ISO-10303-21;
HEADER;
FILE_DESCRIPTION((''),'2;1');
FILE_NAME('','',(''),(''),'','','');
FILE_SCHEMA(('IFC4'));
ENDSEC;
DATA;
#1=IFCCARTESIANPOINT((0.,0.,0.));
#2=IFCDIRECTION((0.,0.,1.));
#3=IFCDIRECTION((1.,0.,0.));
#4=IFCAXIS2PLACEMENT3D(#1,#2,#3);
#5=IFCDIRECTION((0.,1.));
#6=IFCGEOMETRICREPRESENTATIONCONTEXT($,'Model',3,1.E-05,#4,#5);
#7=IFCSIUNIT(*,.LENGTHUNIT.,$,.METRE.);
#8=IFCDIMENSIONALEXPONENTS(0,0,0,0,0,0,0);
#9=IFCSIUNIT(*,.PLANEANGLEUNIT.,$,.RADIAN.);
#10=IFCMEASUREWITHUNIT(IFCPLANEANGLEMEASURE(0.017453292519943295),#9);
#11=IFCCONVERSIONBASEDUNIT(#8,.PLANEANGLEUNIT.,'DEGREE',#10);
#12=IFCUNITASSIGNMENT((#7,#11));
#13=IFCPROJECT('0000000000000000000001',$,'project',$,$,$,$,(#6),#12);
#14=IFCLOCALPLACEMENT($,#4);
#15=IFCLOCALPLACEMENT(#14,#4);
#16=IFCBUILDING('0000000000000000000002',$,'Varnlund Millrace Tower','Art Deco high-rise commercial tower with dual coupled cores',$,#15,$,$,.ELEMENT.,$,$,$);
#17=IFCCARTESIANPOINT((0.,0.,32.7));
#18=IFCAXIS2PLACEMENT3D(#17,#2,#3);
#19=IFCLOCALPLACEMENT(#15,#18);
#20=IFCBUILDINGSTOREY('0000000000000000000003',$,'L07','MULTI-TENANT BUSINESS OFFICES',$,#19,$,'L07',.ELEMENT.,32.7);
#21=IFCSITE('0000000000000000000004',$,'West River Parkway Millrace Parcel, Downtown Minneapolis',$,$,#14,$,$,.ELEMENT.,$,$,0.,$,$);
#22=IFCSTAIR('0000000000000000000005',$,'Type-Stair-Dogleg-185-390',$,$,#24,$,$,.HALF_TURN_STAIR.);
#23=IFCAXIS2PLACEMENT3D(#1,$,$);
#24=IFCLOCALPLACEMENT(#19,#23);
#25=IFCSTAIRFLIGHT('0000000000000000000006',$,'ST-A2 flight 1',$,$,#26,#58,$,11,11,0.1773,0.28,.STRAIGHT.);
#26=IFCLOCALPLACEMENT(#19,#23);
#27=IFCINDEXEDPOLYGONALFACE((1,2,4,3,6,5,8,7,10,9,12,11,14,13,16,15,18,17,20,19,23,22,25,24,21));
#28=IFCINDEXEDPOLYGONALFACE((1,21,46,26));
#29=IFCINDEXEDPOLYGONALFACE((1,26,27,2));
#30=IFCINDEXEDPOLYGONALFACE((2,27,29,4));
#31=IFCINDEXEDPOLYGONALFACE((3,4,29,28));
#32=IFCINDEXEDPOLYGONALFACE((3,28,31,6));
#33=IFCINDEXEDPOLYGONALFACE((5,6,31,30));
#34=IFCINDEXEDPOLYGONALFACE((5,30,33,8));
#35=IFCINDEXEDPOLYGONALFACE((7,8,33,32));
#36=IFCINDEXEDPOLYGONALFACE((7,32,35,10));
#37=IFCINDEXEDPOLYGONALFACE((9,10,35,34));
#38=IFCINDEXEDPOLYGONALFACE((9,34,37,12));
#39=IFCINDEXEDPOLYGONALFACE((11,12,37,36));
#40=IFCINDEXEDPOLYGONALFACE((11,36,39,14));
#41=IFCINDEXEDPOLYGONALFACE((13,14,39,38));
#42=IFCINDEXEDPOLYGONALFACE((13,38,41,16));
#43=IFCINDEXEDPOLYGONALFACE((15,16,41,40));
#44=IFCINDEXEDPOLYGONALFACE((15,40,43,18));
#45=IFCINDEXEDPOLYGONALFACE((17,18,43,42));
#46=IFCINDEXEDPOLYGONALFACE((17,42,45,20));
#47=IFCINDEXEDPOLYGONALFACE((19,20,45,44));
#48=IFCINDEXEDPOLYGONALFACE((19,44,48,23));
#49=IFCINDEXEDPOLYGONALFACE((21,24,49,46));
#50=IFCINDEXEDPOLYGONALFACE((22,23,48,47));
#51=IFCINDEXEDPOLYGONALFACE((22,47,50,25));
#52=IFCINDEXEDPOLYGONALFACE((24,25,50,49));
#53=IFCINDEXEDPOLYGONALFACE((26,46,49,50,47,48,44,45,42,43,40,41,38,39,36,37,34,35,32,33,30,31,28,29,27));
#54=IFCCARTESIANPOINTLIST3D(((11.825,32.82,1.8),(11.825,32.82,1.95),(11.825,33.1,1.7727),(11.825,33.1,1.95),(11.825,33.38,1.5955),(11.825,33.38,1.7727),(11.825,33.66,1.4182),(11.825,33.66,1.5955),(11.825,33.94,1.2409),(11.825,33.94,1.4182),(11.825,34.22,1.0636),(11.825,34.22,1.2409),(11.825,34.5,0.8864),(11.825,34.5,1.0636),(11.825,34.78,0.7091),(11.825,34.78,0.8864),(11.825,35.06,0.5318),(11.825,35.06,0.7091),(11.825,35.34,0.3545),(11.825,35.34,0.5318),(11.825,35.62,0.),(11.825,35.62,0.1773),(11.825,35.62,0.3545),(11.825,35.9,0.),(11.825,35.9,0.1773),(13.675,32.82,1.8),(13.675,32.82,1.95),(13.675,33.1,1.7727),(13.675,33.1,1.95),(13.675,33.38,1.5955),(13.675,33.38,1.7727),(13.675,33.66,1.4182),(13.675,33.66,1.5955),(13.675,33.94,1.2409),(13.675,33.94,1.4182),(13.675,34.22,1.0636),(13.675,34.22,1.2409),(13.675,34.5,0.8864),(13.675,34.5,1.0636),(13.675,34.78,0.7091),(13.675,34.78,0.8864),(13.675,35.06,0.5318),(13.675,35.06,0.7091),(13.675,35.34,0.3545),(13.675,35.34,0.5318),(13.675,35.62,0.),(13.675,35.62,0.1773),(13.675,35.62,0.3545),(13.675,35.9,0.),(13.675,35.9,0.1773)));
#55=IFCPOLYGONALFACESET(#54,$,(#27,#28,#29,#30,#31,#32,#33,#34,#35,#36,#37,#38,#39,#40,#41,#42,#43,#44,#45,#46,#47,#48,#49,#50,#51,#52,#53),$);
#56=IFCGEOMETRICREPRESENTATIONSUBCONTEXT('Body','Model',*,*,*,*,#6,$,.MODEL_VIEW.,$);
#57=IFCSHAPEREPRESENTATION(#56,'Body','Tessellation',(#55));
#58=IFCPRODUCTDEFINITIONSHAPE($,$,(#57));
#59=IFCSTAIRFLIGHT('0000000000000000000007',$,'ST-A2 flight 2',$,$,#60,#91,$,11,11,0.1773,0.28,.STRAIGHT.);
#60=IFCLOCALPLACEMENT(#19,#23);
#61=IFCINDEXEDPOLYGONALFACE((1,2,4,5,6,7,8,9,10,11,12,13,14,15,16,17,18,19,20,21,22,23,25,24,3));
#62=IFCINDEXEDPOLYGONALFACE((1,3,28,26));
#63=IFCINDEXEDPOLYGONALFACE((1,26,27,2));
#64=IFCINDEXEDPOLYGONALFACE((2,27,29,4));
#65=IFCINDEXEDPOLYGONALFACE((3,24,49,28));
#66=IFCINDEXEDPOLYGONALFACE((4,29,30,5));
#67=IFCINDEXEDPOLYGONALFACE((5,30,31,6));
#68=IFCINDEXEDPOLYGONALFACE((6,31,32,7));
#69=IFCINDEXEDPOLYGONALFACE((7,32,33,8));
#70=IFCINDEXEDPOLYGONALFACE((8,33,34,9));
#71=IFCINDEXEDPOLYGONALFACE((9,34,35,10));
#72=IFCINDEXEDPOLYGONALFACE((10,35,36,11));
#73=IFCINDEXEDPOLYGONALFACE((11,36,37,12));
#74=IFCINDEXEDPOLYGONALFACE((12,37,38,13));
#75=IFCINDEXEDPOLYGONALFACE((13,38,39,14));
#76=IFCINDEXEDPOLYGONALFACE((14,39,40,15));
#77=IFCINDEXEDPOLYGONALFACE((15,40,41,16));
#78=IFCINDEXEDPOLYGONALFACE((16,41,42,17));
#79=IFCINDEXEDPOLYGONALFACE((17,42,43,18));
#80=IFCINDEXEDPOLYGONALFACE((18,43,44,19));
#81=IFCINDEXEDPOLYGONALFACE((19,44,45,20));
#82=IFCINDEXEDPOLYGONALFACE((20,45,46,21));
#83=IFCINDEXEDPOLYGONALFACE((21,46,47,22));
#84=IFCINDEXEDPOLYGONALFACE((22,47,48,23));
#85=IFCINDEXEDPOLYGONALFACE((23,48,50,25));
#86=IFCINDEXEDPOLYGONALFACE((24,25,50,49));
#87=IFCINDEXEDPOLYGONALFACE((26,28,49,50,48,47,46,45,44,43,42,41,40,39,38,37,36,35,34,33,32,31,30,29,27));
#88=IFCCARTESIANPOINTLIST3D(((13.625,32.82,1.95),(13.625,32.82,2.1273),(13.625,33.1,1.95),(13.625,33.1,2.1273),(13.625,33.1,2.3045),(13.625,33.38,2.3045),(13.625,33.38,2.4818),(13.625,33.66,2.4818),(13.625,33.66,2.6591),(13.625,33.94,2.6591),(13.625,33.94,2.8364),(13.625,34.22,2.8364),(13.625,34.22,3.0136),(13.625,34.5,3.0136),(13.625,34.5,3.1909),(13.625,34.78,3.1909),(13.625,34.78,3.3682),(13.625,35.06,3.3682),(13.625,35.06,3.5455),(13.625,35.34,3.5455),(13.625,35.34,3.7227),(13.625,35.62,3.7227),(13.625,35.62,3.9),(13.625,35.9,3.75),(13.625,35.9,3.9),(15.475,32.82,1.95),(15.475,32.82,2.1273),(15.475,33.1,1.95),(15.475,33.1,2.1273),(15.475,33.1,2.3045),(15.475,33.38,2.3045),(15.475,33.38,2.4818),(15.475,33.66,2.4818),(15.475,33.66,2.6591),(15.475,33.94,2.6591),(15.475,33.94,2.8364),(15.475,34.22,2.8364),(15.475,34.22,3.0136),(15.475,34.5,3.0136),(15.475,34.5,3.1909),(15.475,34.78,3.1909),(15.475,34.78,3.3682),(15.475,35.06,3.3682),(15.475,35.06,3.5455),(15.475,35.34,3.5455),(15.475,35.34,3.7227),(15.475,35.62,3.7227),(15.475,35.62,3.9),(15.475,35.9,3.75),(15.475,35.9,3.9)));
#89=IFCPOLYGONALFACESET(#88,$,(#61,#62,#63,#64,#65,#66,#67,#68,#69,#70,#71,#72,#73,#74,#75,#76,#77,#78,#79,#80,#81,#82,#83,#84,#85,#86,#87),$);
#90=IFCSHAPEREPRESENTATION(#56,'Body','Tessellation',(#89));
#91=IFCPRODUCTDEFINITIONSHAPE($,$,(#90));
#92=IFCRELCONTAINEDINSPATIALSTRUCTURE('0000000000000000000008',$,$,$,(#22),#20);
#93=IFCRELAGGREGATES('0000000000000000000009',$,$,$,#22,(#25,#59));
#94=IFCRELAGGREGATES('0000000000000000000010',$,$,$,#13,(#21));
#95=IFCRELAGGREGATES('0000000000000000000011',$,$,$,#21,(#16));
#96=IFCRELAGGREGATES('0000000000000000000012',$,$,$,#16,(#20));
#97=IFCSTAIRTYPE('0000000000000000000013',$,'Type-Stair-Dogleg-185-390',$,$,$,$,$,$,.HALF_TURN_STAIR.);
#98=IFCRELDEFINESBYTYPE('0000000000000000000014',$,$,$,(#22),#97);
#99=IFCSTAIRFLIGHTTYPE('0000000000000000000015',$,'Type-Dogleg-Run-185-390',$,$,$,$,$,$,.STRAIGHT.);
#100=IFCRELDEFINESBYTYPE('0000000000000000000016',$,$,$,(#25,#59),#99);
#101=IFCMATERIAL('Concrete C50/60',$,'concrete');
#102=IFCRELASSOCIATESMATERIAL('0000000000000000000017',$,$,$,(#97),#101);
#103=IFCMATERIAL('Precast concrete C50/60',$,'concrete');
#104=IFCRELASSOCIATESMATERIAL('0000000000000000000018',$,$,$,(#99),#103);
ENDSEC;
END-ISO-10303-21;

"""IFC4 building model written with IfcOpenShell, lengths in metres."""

from ifc_helpers import new_model, entity, si_unit, converted_unit, direction, frame, origin_with_axes, place, context, subcontext, project, spatial, polyline, outline, extrude, material, type_object, element, aggregate, save


model = new_model("IFC4")

# Units and contexts
model_context = context("Model", 3, precision=1e-05, world=origin_with_axes(), true_north=direction((0.0, 1.0)))
body_context = subcontext(model_context, "Body", "Model", "MODEL_VIEW")
ifc_project = project(units=[si_unit("LENGTHUNIT", "METRE"), converted_unit("PLANEANGLEUNIT", "DEGREE", entity("IfcPlaneAngleMeasure", 0.017453292519943295), si_unit("PLANEANGLEUNIT", "RADIAN"), dimensions=[0, 0, 0, 0, 0, 0, 0])], contexts=[model_context])

# Site, building, storey
site_placement = place(None, origin_with_axes())
site = spatial("IfcSite", under=ifc_project, at=site_placement, Name="West River Parkway Millrace Parcel, Downtown Minneapolis", CompositionType="ELEMENT", RefElevation=0.0)
building_placement = place(site_placement, origin_with_axes())
building = spatial("IfcBuilding", under=site, at=building_placement, Name="Varnlund Millrace Tower", Description="Art Deco high-rise commercial tower with dual coupled cores", CompositionType="ELEMENT")
storey_placement = place(building_placement, frame((0.0, 0.0, 32.7), z_axis=(0.0, 0.0, 1.0), x_axis=(1.0, 0.0, 0.0)))
storey = spatial("IfcBuildingStorey", under=building, at=storey_placement, Name="L07", Description="MULTI-TENANT BUSINESS OFFICES", LongName="L07", CompositionType="ELEMENT", Elevation=32.7)

# Stair, stair flights
ifc_material_1 = material(Name="Concrete C50/60", Category="concrete")
stair_type = type_object("IfcStairType", Name="Type-Stair-Dogleg-185-390", PredefinedType="HALF_TURN_STAIR", material=ifc_material_1)
stair_placement = place(storey_placement, origin_with_axes())
stair = element("IfcStair", 1, at=stair_placement, inside=storey, type_object=stair_type, Name="Type-Stair-Dogleg-185-390", PredefinedType="HALF_TURN_STAIR")
ifc_material_2 = material(Name="Precast concrete C50/60", Category="concrete")
stair_flight_type = type_object("IfcStairFlightType", Name="Type-Dogleg-Run-185-390", PredefinedType="STRAIGHT", material=ifc_material_2)
stair_flight_1_placement = place(storey_placement, frame((13.675, 35.9, 0.0), z_axis=(-1.0, 0.0, 0.0), x_axis=(0.0, -1.0, 0.0)))
stair_flight_1 = element("IfcStairFlight", 2, at=stair_flight_1_placement, type_object=stair_flight_type, Name="ST-A2 flight 1", NumberOfRisers=11, NumberOfTreads=11, PredefinedType="STRAIGHT", RiserHeight=0.1773, TreadLength=0.28, context=body_context, shape_type="SweptSolid", body=[
    extrude(outline(polyline([(0.0, 0.0), (0.0, 0.1773), (0.28, 0.1773), (0.28, 0.3545), (0.56, 0.3545), (0.56, 0.5318), (0.84, 0.5318), (0.84, 0.7091), (1.12, 0.7091), (1.12, 0.8864), (1.4, 0.8864), (1.4, 1.0636), (1.68, 1.0636), (1.68, 1.2409), (1.96, 1.2409), (1.96, 1.4182), (2.24, 1.4182), (2.24, 1.5955), (2.52, 1.5955), (2.52, 1.7727), (2.8, 1.7727), (2.8, 1.95), (3.08, 1.95), (3.08, 1.8), (0.28, 0.0), (0.0, 0.0)])), origin_with_axes(), (0.0, 0.0, 1.0), 1.85),
])
stair_flight_2_placement = place(storey_placement, frame((13.625, 32.82, 1.95), z_axis=(1.0, 0.0, 0.0), x_axis=(0.0, 1.0, 0.0)))
stair_flight_2 = element("IfcStairFlight", 3, at=stair_flight_2_placement, type_object=stair_flight_type, Name="ST-A2 flight 2", NumberOfRisers=11, NumberOfTreads=11, PredefinedType="STRAIGHT", RiserHeight=0.1773, TreadLength=0.28, context=body_context, shape_type="SweptSolid", body=[
    extrude(outline(polyline([(0.0, 0.0), (0.0, 0.1773), (0.28, 0.1773), (0.28, 0.3545), (0.56, 0.3545), (0.56, 0.5318), (0.84, 0.5318), (0.84, 0.7091), (1.12, 0.7091), (1.12, 0.8864), (1.4, 0.8864), (1.4, 1.0636), (1.68, 1.0636), (1.68, 1.2409), (1.96, 1.2409), (1.96, 1.4182), (2.24, 1.4182), (2.24, 1.5955), (2.52, 1.5955), (2.52, 1.7727), (2.8, 1.7727), (2.8, 1.95), (3.08, 1.95), (3.08, 1.8), (0.28, 0.0), (0.0, 0.0)])), origin_with_axes(), (0.0, 0.0, 1.0), 1.85),
])
aggregate(stair, [stair_flight_1, stair_flight_2])

save(model, "model.ifc")
